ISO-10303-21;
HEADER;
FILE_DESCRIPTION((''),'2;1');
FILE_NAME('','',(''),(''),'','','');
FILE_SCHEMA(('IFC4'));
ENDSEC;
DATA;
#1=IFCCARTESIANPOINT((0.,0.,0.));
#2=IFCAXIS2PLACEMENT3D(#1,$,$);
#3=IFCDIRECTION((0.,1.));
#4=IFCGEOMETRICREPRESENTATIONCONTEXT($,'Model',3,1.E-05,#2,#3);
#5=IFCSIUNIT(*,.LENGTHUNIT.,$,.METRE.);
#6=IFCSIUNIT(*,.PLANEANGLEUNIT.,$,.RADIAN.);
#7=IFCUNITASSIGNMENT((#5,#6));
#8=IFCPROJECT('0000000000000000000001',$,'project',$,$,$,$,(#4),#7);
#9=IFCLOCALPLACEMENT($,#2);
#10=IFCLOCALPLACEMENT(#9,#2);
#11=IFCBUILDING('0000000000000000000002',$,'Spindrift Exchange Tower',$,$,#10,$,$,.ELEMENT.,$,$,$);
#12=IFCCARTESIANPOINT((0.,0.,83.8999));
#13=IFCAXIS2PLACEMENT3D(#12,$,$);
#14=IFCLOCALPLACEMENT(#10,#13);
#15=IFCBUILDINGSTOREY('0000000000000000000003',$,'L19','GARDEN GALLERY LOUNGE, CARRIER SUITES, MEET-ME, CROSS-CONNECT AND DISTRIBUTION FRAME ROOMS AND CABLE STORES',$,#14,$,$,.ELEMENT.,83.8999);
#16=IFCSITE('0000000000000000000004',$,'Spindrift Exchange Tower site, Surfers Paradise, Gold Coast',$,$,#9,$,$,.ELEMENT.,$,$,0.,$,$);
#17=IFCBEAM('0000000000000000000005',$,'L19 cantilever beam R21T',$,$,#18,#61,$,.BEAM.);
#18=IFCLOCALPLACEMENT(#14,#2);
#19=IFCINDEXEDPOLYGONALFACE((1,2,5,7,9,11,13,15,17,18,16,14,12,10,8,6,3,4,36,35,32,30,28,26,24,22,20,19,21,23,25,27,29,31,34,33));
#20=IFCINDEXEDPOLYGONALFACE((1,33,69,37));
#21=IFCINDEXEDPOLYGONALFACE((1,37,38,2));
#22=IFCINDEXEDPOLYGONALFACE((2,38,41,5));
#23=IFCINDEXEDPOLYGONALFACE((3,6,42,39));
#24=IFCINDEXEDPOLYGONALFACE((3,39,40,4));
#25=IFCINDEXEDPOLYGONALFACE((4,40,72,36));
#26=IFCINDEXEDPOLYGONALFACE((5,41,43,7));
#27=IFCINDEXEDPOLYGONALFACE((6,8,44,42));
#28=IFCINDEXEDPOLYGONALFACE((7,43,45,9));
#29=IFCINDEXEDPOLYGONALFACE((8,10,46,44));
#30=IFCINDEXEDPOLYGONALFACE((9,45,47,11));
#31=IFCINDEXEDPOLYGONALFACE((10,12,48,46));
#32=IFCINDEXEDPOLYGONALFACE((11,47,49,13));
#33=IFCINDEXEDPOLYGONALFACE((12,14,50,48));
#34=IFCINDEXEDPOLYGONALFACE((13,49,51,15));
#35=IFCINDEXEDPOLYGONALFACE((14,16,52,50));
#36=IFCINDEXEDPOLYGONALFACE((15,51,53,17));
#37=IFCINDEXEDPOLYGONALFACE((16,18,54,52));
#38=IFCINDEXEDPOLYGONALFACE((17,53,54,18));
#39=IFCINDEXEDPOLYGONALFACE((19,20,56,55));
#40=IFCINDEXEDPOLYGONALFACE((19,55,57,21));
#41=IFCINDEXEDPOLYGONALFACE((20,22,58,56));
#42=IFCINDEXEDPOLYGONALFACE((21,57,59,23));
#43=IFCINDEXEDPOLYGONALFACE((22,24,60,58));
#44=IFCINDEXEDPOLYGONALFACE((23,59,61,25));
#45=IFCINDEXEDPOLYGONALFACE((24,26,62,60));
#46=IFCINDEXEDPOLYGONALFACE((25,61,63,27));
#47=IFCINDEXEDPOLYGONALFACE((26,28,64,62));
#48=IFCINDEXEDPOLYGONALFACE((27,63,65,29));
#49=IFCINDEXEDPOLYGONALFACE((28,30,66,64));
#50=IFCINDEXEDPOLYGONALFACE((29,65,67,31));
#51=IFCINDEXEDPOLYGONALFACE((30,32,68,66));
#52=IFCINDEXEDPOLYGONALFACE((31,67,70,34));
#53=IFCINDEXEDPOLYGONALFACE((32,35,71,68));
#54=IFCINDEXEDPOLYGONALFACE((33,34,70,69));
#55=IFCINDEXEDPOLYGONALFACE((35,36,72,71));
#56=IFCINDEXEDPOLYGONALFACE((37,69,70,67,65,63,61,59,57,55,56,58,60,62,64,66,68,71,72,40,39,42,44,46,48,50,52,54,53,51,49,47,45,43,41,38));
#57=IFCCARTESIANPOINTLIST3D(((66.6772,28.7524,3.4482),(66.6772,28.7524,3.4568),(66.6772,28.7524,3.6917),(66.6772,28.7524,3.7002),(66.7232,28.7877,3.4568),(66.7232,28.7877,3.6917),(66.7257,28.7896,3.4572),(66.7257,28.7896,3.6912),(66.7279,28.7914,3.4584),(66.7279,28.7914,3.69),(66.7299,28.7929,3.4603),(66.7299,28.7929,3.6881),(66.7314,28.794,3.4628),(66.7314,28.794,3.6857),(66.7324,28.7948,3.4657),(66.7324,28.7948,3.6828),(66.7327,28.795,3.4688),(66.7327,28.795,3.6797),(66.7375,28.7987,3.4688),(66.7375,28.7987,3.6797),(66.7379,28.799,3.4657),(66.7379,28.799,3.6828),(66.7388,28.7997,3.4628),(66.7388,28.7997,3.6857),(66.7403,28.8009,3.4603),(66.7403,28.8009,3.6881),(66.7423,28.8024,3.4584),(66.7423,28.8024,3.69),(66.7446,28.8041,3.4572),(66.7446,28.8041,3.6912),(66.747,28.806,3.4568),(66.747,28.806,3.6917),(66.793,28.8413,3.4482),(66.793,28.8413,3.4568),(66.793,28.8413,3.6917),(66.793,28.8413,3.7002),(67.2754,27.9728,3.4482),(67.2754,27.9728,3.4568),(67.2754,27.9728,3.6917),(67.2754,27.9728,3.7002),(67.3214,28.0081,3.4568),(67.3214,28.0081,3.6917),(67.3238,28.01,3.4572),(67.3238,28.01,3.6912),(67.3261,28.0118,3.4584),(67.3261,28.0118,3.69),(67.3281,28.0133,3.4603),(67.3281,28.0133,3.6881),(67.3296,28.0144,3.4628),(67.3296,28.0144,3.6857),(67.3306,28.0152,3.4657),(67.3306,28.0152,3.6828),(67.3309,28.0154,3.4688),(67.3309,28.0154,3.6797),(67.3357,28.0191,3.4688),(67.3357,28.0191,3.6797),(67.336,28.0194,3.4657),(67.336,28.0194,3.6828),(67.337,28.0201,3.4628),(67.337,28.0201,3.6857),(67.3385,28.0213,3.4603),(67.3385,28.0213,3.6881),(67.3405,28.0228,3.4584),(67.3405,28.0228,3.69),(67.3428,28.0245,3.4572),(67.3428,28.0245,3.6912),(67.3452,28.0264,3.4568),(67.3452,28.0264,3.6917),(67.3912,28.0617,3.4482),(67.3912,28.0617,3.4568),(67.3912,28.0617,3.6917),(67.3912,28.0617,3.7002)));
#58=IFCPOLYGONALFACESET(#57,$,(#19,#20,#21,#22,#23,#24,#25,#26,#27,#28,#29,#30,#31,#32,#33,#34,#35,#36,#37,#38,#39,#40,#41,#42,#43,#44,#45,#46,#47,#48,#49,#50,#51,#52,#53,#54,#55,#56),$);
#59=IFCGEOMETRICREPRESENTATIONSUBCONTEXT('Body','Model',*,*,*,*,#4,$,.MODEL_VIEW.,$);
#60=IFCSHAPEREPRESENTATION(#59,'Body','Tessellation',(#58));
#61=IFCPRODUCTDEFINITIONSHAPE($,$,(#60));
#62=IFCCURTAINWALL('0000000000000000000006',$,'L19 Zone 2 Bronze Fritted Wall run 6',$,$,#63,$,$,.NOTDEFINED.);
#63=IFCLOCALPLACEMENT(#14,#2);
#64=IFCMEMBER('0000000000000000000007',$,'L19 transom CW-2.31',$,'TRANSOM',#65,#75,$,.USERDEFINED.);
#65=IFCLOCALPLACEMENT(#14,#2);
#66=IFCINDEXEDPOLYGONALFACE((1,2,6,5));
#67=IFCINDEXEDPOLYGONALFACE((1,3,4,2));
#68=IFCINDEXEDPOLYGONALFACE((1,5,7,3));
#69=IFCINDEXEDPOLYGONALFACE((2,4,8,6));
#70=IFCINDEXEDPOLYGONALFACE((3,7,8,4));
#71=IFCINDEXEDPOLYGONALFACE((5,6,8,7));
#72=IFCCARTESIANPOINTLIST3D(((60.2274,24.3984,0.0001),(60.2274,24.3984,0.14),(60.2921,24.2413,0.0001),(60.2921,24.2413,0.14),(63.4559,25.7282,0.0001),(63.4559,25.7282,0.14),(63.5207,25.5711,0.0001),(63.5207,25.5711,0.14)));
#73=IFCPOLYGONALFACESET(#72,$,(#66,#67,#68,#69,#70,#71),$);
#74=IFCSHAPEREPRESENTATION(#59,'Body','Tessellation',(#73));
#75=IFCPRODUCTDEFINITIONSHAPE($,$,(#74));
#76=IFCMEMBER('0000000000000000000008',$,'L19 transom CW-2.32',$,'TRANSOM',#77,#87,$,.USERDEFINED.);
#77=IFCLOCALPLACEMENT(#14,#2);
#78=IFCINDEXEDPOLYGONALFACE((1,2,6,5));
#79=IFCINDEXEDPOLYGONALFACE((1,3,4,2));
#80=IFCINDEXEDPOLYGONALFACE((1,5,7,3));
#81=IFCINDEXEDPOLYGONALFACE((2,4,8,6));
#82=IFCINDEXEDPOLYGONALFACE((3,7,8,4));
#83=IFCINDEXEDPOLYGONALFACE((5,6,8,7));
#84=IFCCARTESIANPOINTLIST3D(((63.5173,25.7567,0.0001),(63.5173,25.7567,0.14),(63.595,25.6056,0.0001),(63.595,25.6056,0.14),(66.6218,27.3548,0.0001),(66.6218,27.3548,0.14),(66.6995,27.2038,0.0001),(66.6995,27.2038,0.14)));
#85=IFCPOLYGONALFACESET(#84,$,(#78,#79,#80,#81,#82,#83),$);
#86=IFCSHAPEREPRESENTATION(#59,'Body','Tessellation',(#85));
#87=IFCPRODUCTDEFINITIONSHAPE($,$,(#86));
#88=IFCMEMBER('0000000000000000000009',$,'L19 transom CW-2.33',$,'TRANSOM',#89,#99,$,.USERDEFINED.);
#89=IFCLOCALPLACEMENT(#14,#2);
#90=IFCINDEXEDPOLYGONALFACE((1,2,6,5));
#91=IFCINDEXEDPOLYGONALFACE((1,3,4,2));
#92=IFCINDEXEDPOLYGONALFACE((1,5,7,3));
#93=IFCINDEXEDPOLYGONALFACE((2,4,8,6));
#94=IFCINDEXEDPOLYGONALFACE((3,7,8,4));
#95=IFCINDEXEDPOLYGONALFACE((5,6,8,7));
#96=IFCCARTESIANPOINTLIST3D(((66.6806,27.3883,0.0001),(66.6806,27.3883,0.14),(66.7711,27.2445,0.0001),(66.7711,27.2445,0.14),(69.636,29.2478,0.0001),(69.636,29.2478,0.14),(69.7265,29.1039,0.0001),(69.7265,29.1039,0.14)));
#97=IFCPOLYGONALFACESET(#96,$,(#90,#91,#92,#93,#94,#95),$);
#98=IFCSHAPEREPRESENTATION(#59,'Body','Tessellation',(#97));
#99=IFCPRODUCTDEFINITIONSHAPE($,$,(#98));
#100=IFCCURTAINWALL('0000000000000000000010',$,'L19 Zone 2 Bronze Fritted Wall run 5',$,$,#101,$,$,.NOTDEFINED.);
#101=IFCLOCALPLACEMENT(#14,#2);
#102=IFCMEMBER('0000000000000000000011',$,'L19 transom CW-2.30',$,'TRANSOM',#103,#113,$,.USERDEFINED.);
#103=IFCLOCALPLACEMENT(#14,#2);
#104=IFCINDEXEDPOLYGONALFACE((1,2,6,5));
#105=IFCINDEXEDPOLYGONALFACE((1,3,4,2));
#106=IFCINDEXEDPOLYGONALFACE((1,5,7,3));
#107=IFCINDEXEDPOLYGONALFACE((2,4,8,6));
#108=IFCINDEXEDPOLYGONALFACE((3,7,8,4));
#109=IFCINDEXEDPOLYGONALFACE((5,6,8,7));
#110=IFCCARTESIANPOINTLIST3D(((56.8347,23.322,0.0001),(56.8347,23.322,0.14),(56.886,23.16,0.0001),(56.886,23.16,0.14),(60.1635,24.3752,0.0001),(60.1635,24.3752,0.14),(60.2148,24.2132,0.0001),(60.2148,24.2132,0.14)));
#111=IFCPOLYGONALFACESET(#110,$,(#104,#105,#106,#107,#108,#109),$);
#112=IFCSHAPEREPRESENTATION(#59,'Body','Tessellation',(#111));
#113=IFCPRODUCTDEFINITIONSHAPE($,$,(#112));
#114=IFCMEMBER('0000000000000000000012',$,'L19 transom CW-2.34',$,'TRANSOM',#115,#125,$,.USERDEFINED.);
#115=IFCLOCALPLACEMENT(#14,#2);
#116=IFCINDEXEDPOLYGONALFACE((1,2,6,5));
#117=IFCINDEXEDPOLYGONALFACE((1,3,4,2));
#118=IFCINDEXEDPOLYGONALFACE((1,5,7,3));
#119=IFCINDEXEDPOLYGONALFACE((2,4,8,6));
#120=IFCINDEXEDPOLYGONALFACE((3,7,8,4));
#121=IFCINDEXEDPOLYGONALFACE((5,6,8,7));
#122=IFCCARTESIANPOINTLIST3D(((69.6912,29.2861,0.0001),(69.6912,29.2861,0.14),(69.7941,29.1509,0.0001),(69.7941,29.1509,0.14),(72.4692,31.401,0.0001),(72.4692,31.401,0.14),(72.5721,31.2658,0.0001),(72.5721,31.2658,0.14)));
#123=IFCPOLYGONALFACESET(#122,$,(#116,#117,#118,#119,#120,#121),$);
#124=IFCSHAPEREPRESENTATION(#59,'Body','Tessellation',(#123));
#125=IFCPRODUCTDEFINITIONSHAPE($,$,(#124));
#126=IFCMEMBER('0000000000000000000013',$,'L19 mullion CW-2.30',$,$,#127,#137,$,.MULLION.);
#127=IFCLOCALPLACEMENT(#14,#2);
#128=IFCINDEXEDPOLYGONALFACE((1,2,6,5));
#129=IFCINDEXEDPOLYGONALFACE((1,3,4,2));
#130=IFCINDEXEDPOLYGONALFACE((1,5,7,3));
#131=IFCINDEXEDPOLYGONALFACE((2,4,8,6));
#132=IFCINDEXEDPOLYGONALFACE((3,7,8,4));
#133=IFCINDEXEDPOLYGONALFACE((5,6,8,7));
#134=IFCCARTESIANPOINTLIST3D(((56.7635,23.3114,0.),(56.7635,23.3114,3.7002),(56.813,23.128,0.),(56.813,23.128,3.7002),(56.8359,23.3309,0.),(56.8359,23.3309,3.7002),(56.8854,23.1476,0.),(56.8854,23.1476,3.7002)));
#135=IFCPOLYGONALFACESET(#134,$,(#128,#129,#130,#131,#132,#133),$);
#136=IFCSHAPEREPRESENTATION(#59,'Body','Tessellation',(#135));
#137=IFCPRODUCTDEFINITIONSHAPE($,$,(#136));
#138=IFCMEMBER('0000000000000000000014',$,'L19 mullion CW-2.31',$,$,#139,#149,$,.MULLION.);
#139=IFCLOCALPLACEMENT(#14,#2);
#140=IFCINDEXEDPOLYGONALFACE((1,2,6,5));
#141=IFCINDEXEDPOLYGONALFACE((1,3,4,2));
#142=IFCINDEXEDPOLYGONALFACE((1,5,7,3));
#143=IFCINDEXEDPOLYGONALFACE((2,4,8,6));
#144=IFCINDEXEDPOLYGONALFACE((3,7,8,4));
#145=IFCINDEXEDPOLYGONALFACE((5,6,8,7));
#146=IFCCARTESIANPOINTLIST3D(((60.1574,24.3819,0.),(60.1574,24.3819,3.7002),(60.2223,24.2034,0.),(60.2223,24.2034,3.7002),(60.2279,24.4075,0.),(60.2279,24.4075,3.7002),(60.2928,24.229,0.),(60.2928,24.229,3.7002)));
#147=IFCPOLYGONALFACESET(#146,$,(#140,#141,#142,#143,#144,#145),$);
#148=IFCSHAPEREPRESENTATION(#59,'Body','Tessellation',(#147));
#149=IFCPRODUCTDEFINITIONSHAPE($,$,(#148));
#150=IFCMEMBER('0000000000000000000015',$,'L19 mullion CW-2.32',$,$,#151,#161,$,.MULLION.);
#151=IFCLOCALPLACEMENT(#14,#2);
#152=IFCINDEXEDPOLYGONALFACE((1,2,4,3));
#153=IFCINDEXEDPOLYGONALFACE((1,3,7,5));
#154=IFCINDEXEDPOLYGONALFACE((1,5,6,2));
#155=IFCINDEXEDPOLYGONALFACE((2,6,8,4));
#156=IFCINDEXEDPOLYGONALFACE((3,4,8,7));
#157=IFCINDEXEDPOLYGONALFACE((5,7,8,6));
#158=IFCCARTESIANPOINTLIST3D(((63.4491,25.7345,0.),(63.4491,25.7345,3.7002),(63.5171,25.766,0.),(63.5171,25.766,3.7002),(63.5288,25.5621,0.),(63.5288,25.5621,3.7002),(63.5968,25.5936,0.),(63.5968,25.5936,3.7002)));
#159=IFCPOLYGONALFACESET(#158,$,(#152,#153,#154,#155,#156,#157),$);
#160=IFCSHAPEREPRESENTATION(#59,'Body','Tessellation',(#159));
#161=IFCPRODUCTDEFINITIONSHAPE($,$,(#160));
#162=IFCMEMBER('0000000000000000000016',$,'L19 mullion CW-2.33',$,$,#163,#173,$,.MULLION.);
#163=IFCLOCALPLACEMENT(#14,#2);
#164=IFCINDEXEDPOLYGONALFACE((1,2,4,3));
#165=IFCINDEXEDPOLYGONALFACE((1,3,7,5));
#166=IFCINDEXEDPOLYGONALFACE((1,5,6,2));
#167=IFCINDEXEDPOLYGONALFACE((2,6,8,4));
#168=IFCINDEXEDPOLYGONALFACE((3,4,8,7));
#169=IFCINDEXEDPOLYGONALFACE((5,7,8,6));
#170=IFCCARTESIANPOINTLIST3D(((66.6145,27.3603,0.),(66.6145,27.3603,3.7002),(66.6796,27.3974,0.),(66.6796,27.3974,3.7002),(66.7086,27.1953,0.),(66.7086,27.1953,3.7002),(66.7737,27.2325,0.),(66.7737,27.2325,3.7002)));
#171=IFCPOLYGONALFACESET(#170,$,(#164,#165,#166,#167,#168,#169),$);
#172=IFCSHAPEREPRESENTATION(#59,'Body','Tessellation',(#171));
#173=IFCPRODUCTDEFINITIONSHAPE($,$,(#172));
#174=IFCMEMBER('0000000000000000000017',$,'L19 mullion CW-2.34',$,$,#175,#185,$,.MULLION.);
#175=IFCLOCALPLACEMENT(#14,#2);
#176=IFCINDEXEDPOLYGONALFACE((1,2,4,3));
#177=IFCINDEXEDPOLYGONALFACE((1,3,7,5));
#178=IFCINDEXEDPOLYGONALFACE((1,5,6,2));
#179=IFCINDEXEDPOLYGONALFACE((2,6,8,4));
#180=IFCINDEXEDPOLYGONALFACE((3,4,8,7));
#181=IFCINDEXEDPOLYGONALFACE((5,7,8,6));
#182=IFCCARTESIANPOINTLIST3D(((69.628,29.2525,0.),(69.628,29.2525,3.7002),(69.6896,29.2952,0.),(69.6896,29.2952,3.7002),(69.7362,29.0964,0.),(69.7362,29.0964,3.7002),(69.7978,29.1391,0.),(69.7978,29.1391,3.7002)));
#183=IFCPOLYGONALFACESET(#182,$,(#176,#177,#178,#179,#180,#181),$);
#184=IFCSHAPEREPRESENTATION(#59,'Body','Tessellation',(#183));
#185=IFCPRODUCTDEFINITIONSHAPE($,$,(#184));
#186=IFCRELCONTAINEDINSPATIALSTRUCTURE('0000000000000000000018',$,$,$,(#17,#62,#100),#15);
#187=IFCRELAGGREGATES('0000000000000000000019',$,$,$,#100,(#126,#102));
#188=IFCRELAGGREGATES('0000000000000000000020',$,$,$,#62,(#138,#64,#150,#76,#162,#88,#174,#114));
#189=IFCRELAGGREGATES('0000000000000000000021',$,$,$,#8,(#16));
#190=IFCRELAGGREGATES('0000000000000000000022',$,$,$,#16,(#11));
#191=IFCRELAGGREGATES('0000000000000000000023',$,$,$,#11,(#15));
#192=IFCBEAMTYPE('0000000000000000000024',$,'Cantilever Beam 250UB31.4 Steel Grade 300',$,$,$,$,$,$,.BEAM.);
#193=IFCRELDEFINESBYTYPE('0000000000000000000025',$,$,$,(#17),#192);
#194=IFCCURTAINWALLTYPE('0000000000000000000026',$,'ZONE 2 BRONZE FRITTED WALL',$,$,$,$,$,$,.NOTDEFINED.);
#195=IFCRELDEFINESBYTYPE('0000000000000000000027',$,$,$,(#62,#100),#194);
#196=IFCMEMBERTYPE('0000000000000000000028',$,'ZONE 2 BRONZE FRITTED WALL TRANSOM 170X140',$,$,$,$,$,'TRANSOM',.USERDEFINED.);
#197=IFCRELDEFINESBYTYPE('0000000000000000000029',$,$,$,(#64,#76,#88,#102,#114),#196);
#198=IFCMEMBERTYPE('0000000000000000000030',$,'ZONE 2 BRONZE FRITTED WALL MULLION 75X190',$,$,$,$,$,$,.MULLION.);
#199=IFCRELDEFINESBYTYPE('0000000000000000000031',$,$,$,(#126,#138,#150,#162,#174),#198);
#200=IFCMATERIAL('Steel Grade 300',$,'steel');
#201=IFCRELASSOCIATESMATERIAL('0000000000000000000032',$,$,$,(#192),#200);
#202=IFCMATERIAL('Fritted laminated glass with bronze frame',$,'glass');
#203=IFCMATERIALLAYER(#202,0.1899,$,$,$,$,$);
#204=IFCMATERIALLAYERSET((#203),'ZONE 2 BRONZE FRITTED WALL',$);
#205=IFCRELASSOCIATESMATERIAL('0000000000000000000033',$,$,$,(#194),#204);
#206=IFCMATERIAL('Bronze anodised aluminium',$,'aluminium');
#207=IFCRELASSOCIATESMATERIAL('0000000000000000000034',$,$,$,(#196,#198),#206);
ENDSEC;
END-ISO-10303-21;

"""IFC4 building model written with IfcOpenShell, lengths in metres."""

from ifc_helpers import new_model, si_unit, direction, frame, origin, origin_2d, place, context, subcontext, project, spatial, rectangle, i_section, extrude, source, transform, mapped, material, layer, layer_set, material_profile, profile_set, type_object, element, aggregate, save


model = new_model("IFC4")

# Units and contexts
model_context = context("Model", 3, precision=1e-05, world=origin(), true_north=direction((0.0, 1.0)))
body_context = subcontext(model_context, "Body", "Model", "MODEL_VIEW")
ifc_project = project(units=[si_unit("LENGTHUNIT", "METRE"), si_unit("PLANEANGLEUNIT", "RADIAN")], contexts=[model_context])

# Site, building, storey
site_placement = place(None, origin())
site = spatial("IfcSite", under=ifc_project, at=site_placement, Name="Spindrift Exchange Tower site, Surfers Paradise, Gold Coast", CompositionType="ELEMENT", RefElevation=0.0)
building_placement = place(site_placement, origin())
building = spatial("IfcBuilding", under=site, at=building_placement, Name="Spindrift Exchange Tower", CompositionType="ELEMENT")
storey_placement = place(building_placement, frame((0.0, 0.0, 83.8999)))
storey = spatial("IfcBuildingStorey", under=building, at=storey_placement, Name="L19", Description="GARDEN GALLERY LOUNGE, CARRIER SUITES, MEET-ME, CROSS-CONNECT AND DISTRIBUTION FRAME ROOMS AND CABLE STORES", CompositionType="ELEMENT", Elevation=83.8999)

# Beam
ifc_material_1 = material(Name="Steel Grade 300", Category="steel")
ifc_material_profile_1 = material_profile(ifc_material_1, i_section(OverallWidth=0.146, OverallDepth=0.252, WebThickness=0.0061, FlangeThickness=0.0085, FilletRadius=0.012, at=origin_2d()), Name="250UB31.4")
ifc_profile_set_1 = profile_set([ifc_material_profile_1], Name="Steel Grade 300")
beam_type_1 = type_object("IfcBeamType", Name="Cantilever Beam 250UB31.4 Steel Grade 300", PredefinedType="BEAM", material=ifc_profile_set_1)
shared_shape_1 = source(origin(), body_context, "Body", "SweptSolid", [
    extrude(i_section(OverallWidth=0.146, OverallDepth=0.252, WebThickness=0.0061, FlangeThickness=0.0085, FilletRadius=0.012, at=origin_2d()), origin(), (0.0, 0.0, 1.0), 0.9827),
])
beam_1_placement = place(storey_placement, frame((66.7351, 28.7969, 3.5742), z_axis=(0.60875, -0.793362, 0.0), x_axis=(0.793362, 0.60875, 0.0)))
element("IfcBeam", 1, at=beam_1_placement, inside=storey, type_object=beam_type_1, Name="L19 cantilever beam R21T", PredefinedType="BEAM", context=body_context, shape_type="MappedRepresentation", body=[
    mapped(shared_shape_1, transform((0.0, 0.0, 0.0), scale=1.0)),
])

# Curtain wall, members
ifc_material_2 = material(Name="Fritted laminated glass with bronze frame", Category="glass")
ifc_layer_1 = layer(ifc_material_2, 0.1899)
ifc_layer_set_1 = layer_set([ifc_layer_1], Name="ZONE 2 BRONZE FRITTED WALL")
curtain_wall_type = type_object("IfcCurtainWallType", Name="ZONE 2 BRONZE FRITTED WALL", PredefinedType="NOTDEFINED", material=ifc_layer_set_1)
curtain_wall_1_placement = place(storey_placement, origin())
curtain_wall_1 = element("IfcCurtainWall", 2, at=curtain_wall_1_placement, inside=storey, type_object=curtain_wall_type, Name="L19 Zone 2 Bronze Fritted Wall run 6", PredefinedType="NOTDEFINED")
ifc_material_3 = material(Name="Bronze anodised aluminium", Category="aluminium")
ifc_material_profile_2 = material_profile(ifc_material_3, rectangle(XDim=0.1699, YDim=0.1399, at=origin_2d()), Name="ZONE 2 BRONZE FRITTED WALL TRANSOM 170X140")
ifc_profile_set_2 = profile_set([ifc_material_profile_2], Name="Bronze anodised aluminium")
member_type_1 = type_object("IfcMemberType", Name="ZONE 2 BRONZE FRITTED WALL TRANSOM 170X140", ElementType="TRANSOM", PredefinedType="USERDEFINED", material=ifc_profile_set_2)
shared_shape_2 = source(origin(), body_context, "Body", "SweptSolid", [
    extrude(rectangle(XDim=0.1699, YDim=0.1399, at=origin_2d()), origin(), (0.0, 0.0, 1.0), 3.4917),
])
member_1_placement = place(storey_placement, frame((60.2598, 24.3198, 0.0701), z_axis=(0.924633, 0.380859, 0.0), x_axis=(-0.380859, 0.924633, 0.0)))
member_1 = element("IfcMember", 3, at=member_1_placement, type_object=member_type_1, Name="L19 transom CW-2.31", ObjectType="TRANSOM", PredefinedType="USERDEFINED", context=body_context, shape_type="MappedRepresentation", body=[
    mapped(shared_shape_2, transform((0.0, 0.0, 0.0), scale=1.0)),
])
member_2_placement = place(storey_placement, frame((63.5562, 25.6812, 0.0701), z_axis=(0.889107, 0.457699, 0.0), x_axis=(-0.457699, 0.889107, 0.0)))
member_2 = element("IfcMember", 4, at=member_2_placement, type_object=member_type_1, Name="L19 transom CW-2.32", ObjectType="TRANSOM", PredefinedType="USERDEFINED", context=body_context, shape_type="MappedRepresentation", body=[
    mapped(shared_shape_2, transform((0.0, 0.0, 0.0), scale=1.0)),
])
member_3_placement = place(storey_placement, frame((66.7258, 27.3164, 0.0701), z_axis=(0.846411, 0.532529, 0.0), x_axis=(-0.532529, 0.846411, 0.0)))
member_3 = element("IfcMember", 5, at=member_3_placement, type_object=member_type_1, Name="L19 transom CW-2.33", ObjectType="TRANSOM", PredefinedType="USERDEFINED", context=body_context, shape_type="MappedRepresentation", body=[
    mapped(shared_shape_2, transform((0.0, 0.0, 0.0), scale=1.0)),
])

# Curtain wall, member
curtain_wall_2_placement = place(storey_placement, origin())
curtain_wall_2 = element("IfcCurtainWall", 6, at=curtain_wall_2_placement, inside=storey, type_object=curtain_wall_type, Name="L19 Zone 2 Bronze Fritted Wall run 5", PredefinedType="NOTDEFINED")
shared_shape_3 = source(origin(), body_context, "Body", "SweptSolid", [
    extrude(rectangle(XDim=0.1699, YDim=0.1399, at=origin_2d()), origin(), (0.0, 0.0, 1.0), 3.4915),
])
member_4_placement = place(storey_placement, frame((56.8604, 23.241, 0.0701), z_axis=(0.953418, 0.301653, 0.0), x_axis=(-0.301653, 0.953418, 0.0)))
member_4 = element("IfcMember", 7, at=member_4_placement, type_object=member_type_1, Name="L19 transom CW-2.30", ObjectType="TRANSOM", PredefinedType="USERDEFINED", context=body_context, shape_type="MappedRepresentation", body=[
    mapped(shared_shape_3, transform((0.0, 0.0, 0.0), scale=1.0)),
])

# Members
member_5_placement = place(storey_placement, frame((69.7427, 29.2185, 0.0701), z_axis=(0.795658, 0.605746, 0.0), x_axis=(-0.605746, 0.795658, 0.0)))
member_5 = element("IfcMember", 8, at=member_5_placement, type_object=member_type_1, Name="L19 transom CW-2.34", ObjectType="TRANSOM", PredefinedType="USERDEFINED", context=body_context, shape_type="MappedRepresentation", body=[
    mapped(shared_shape_3, transform((0.0, 0.0, 0.0), scale=1.0)),
])
ifc_material_profile_3 = material_profile(ifc_material_3, rectangle(XDim=0.075, YDim=0.1899, at=origin_2d()), Name="ZONE 2 BRONZE FRITTED WALL MULLION 75X190")
ifc_profile_set_3 = profile_set([ifc_material_profile_3], Name="Bronze anodised aluminium")
member_type_2 = type_object("IfcMemberType", Name="ZONE 2 BRONZE FRITTED WALL MULLION 75X190", PredefinedType="MULLION", material=ifc_profile_set_3)
shared_shape_4 = source(origin(), body_context, "Body", "SweptSolid", [
    extrude(rectangle(XDim=0.075, YDim=0.1899, at=origin_2d()), origin(), (0.0, 0.0, 1.0), 3.7002),
])
member_6_placement = place(storey_placement, frame((56.8245, 23.2295, 0.0), z_axis=(0.0, 0.0, 1.0), x_axis=(0.965411, 0.260734, 0.0)))
member_6 = element("IfcMember", 9, at=member_6_placement, type_object=member_type_2, Name="L19 mullion CW-2.30", PredefinedType="MULLION", context=body_context, shape_type="MappedRepresentation", body=[
    mapped(shared_shape_4, transform((0.0, 0.0, 0.0), scale=1.0)),
])
member_7_placement = place(storey_placement, frame((60.2251, 24.3054, 0.0), z_axis=(0.0, 0.0, 1.0), x_axis=(0.939856, 0.341571, 0.0)))
member_7 = element("IfcMember", 10, at=member_7_placement, type_object=member_type_2, Name="L19 mullion CW-2.31", PredefinedType="MULLION", context=body_context, shape_type="MappedRepresentation", body=[
    mapped(shared_shape_4, transform((0.0, 0.0, 0.0), scale=1.0)),
])
member_8_placement = place(storey_placement, frame((63.5229, 25.6641, 0.0), z_axis=(0.0, 0.0, 1.0), x_axis=(0.907681, 0.419661, 0.0)))
member_8 = element("IfcMember", 11, at=member_8_placement, type_object=member_type_2, Name="L19 mullion CW-2.32", PredefinedType="MULLION", context=body_context, shape_type="MappedRepresentation", body=[
    mapped(shared_shape_4, transform((0.0, 0.0, 0.0), scale=1.0)),
])
member_9_placement = place(storey_placement, frame((66.6941, 27.2964, 0.0), z_axis=(0.0, 0.0, 1.0), x_axis=(0.868568, 0.495569, 0.0)))
member_9 = element("IfcMember", 12, at=member_9_placement, type_object=member_type_2, Name="L19 mullion CW-2.33", PredefinedType="MULLION", context=body_context, shape_type="MappedRepresentation", body=[
    mapped(shared_shape_4, transform((0.0, 0.0, 0.0), scale=1.0)),
])
member_10_placement = place(storey_placement, frame((69.7129, 29.1958, 0.0), z_axis=(0.0, 0.0, 1.0), x_axis=(0.821844, 0.569713, 0.0)))
member_10 = element("IfcMember", 13, at=member_10_placement, type_object=member_type_2, Name="L19 mullion CW-2.34", PredefinedType="MULLION", context=body_context, shape_type="MappedRepresentation", body=[
    mapped(shared_shape_4, transform((0.0, 0.0, 0.0), scale=1.0)),
])

aggregate(curtain_wall_2, [member_6, member_4])
aggregate(curtain_wall_1, [member_7, member_1, member_8, member_2, member_9, member_3, member_10, member_5])

save(model, "model.ifc")
